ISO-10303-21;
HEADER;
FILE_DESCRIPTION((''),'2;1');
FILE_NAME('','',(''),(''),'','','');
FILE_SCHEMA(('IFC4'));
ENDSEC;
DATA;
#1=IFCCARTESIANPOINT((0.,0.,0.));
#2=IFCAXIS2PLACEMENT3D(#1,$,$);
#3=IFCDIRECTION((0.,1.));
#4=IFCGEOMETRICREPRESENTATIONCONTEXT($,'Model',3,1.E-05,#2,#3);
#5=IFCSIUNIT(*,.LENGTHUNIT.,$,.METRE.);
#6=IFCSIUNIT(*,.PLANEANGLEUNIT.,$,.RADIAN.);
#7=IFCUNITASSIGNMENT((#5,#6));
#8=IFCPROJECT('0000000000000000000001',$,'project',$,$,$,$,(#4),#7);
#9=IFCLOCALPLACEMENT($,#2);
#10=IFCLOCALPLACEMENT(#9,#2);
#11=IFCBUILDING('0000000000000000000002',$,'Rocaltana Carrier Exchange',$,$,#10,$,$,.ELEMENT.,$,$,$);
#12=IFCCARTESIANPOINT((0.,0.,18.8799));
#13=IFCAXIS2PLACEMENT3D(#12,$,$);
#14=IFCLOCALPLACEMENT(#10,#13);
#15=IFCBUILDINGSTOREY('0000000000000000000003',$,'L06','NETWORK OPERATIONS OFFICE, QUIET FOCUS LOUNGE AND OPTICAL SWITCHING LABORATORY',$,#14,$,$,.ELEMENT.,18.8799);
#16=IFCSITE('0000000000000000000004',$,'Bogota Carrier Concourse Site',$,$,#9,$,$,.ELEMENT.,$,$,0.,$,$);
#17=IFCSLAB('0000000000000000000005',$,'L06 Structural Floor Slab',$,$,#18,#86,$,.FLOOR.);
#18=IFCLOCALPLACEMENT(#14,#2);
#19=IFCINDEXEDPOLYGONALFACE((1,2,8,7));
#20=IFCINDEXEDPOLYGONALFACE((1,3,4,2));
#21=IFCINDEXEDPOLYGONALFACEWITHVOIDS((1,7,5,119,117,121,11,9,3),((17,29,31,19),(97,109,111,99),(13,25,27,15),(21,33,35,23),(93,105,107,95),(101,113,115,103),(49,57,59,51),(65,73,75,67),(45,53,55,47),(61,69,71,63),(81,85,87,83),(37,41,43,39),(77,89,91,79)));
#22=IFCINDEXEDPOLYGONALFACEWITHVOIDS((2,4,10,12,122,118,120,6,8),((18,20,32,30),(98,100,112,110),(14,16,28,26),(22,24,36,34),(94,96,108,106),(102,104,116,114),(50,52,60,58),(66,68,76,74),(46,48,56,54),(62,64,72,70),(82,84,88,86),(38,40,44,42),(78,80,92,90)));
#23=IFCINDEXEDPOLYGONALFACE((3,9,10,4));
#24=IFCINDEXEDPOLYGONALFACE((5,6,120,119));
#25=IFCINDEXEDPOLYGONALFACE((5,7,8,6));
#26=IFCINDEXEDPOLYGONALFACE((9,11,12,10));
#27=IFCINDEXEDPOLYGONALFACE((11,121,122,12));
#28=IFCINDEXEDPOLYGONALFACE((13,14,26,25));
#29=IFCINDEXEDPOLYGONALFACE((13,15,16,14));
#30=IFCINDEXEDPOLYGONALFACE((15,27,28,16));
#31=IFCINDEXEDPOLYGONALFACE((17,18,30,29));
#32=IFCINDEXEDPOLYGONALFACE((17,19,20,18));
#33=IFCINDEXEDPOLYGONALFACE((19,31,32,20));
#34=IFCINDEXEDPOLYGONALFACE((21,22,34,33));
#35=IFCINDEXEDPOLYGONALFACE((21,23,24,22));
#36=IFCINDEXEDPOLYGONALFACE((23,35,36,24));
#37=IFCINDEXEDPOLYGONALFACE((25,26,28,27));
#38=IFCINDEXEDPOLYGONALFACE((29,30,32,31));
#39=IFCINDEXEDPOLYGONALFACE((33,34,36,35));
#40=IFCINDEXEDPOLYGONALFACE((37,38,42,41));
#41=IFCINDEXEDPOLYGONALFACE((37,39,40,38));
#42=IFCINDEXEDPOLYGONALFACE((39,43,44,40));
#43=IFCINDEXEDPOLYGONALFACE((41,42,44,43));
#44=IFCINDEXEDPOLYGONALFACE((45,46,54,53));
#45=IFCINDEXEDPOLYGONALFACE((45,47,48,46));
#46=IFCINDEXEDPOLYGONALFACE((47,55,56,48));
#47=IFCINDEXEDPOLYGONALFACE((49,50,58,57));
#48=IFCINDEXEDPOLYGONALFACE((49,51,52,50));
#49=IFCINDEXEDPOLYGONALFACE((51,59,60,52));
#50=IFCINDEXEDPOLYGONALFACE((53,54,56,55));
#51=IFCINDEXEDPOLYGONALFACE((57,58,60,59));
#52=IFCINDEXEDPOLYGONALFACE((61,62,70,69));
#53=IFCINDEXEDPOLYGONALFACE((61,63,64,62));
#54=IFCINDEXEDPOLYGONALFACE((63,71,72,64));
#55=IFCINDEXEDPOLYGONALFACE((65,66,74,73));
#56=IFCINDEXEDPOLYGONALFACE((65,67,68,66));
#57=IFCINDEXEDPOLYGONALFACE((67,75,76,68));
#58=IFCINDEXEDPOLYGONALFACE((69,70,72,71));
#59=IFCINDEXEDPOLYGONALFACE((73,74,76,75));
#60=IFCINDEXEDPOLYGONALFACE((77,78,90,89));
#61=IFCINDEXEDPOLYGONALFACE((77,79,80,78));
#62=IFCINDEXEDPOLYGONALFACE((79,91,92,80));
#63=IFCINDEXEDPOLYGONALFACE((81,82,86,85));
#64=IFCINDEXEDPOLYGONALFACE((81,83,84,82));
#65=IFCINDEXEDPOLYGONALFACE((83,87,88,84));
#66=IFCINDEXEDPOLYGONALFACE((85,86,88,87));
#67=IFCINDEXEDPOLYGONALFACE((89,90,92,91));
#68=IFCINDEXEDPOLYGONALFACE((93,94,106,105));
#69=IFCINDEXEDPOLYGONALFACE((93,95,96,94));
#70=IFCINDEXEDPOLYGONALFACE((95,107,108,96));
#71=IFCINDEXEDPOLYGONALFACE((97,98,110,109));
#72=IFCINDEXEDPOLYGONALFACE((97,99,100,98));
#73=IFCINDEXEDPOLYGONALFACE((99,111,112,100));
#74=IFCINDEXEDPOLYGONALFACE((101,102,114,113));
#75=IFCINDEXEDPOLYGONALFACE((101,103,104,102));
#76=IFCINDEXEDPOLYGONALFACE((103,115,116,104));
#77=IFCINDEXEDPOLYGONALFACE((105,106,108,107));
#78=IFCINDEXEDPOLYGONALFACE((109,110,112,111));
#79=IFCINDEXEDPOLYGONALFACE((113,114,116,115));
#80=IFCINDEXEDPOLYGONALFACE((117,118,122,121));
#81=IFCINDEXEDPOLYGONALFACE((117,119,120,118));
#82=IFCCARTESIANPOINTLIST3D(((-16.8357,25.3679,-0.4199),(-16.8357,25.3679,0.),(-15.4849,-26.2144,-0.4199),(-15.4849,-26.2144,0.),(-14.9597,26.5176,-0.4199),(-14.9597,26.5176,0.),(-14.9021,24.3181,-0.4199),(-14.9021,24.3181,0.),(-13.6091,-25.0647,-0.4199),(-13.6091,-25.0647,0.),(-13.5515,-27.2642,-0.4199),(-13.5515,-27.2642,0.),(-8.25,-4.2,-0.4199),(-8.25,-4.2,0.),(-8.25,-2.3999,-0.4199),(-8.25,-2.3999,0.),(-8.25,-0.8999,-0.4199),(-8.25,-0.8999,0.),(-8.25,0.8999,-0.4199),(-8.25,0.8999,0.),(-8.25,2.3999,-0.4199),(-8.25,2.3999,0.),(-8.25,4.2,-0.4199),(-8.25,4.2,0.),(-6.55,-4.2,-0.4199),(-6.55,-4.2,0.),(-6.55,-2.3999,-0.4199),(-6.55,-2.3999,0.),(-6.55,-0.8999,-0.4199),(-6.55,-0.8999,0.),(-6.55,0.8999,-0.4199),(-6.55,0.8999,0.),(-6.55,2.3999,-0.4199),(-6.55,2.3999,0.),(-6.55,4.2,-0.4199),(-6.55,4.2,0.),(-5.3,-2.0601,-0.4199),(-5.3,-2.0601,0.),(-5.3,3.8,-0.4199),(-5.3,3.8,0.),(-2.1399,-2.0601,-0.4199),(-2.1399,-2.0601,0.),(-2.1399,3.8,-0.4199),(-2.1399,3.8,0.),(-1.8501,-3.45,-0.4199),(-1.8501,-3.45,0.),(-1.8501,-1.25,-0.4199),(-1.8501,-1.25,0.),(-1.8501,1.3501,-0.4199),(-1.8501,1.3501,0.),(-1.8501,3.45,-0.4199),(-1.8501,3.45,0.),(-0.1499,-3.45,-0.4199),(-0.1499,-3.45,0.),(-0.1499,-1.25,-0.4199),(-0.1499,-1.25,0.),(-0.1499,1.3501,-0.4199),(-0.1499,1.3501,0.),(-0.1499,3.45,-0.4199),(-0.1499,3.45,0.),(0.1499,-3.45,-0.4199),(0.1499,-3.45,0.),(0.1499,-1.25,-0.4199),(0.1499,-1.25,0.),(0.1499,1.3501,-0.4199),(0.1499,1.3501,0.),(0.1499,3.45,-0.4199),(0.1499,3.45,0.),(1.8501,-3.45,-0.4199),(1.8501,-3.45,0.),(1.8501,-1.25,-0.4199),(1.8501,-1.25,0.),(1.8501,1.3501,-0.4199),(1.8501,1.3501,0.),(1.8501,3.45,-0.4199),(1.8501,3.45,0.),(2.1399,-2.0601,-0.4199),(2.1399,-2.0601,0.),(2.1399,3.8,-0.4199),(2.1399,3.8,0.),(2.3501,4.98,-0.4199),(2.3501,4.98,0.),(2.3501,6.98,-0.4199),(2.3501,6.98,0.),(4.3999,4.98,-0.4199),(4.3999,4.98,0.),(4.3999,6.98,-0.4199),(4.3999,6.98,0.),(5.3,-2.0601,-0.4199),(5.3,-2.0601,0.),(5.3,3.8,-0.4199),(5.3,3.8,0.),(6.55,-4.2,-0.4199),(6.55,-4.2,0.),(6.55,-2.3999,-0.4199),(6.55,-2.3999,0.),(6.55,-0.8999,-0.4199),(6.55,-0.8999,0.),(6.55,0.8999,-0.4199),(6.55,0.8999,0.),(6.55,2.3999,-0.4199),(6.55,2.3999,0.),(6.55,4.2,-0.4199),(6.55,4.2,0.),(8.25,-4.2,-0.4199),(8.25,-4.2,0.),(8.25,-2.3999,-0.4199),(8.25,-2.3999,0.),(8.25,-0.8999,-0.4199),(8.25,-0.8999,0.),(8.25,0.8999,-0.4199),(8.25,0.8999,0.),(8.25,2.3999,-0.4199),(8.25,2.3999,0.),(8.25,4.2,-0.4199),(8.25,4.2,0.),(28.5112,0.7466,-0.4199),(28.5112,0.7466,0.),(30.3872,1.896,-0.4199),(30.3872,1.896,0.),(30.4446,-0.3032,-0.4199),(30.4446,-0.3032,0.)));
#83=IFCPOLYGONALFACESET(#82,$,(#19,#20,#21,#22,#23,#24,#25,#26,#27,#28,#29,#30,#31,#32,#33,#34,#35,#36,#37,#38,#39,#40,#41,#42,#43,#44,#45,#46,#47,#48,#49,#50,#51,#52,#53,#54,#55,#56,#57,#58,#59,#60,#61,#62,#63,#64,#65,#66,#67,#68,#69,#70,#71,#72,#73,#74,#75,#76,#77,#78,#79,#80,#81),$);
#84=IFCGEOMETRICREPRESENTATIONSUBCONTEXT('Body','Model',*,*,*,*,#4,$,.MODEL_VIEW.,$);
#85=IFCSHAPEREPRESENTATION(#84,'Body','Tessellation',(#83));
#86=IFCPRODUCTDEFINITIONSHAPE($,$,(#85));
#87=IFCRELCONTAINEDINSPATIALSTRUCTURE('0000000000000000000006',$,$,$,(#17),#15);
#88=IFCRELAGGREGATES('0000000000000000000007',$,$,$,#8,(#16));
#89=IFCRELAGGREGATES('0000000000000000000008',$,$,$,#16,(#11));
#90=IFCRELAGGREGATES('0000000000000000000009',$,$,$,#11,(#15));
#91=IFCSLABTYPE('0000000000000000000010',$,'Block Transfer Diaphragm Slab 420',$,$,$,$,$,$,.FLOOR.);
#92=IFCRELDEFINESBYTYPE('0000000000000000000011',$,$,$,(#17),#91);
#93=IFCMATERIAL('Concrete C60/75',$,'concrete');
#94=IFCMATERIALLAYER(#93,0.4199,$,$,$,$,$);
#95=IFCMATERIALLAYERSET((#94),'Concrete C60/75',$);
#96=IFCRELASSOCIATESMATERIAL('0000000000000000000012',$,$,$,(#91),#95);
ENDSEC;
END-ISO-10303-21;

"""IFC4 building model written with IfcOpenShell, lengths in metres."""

from ifc_helpers import new_model, si_unit, direction, frame, origin, place, context, subcontext, project, spatial, polyline, outline, extrude, material, layer, layer_set, type_object, element, save


model = new_model("IFC4")

# Units and contexts
model_context = context("Model", 3, precision=1e-05, world=origin(), true_north=direction((0.0, 1.0)))
body_context = subcontext(model_context, "Body", "Model", "MODEL_VIEW")
ifc_project = project(units=[si_unit("LENGTHUNIT", "METRE"), si_unit("PLANEANGLEUNIT", "RADIAN")], contexts=[model_context])

# Site, building, storey
site_placement = place(None, origin())
site = spatial("IfcSite", under=ifc_project, at=site_placement, Name="Bogota Carrier Concourse Site", CompositionType="ELEMENT", RefElevation=0.0)
building_placement = place(site_placement, origin())
building = spatial("IfcBuilding", under=site, at=building_placement, Name="Rocaltana Carrier Exchange", CompositionType="ELEMENT")
storey_placement = place(building_placement, frame((0.0, 0.0, 18.8799)))
storey = spatial("IfcBuildingStorey", under=building, at=storey_placement, Name="L06", Description="NETWORK OPERATIONS OFFICE, QUIET FOCUS LOUNGE AND OPTICAL SWITCHING LABORATORY", CompositionType="ELEMENT", Elevation=18.8799)

# Slab
ifc_material_1 = material(Name="Concrete C60/75", Category="concrete")
ifc_layer_1 = layer(ifc_material_1, 0.4199)
ifc_layer_set_1 = layer_set([ifc_layer_1], Name="Concrete C60/75")
slab_type_1 = type_object("IfcSlabType", Name="Block Transfer Diaphragm Slab 420", PredefinedType="FLOOR", material=ifc_layer_set_1)
slab_1_placement = place(storey_placement, frame((0.0, 0.0, -0.4199)))
element("IfcSlab", 1, at=slab_1_placement, inside=storey, type_object=slab_type_1, Name="L06 Structural Floor Slab", PredefinedType="FLOOR", context=body_context, shape_type="SweptSolid", body=[
    extrude(outline(polyline([(30.4446, -0.3032), (28.5112, 0.7466), (30.3872, 1.896), (-14.9597, 26.5176), (-14.9021, 24.3181), (-16.8357, 25.3679), (-15.4849, -26.2144), (-13.6091, -25.0647), (-13.5515, -27.2642), (30.4446, -0.3032)]), holes=[polyline([(-5.3, -2.0601), (-2.1399, -2.0601), (-2.1399, 3.8), (-5.3, 3.8), (-5.3, -2.0601)]), polyline([(2.1399, -2.0601), (5.3, -2.0601), (5.3, 3.8), (2.1399, 3.8), (2.1399, -2.0601)]), polyline([(-1.8501, -3.45), (-0.1499, -3.45), (-0.1499, -1.25), (-1.8501, -1.25), (-1.8501, -3.45)]), polyline([(0.1499, -3.45), (1.8501, -3.45), (1.8501, -1.25), (0.1499, -1.25), (0.1499, -3.45)]), polyline([(2.3501, 4.98), (4.3999, 4.98), (4.3999, 6.98), (2.3501, 6.98), (2.3501, 4.98)]), polyline([(-1.8501, 1.3501), (-0.1499, 1.3501), (-0.1499, 3.45), (-1.8501, 3.45), (-1.8501, 1.3501)]), polyline([(0.1499, 1.3501), (1.8501, 1.3501), (1.8501, 3.45), (0.1499, 3.45), (0.1499, 1.3501)]), polyline([(-8.25, -4.2), (-6.55, -4.2), (-6.55, -2.3999), (-8.25, -2.3999), (-8.25, -4.2)]), polyline([(-8.25, -0.8999), (-6.55, -0.8999), (-6.55, 0.8999), (-8.25, 0.8999), (-8.25, -0.8999)]), polyline([(-8.25, 2.3999), (-6.55, 2.3999), (-6.55, 4.2), (-8.25, 4.2), (-8.25, 2.3999)]), polyline([(6.55, -4.2), (8.25, -4.2), (8.25, -2.3999), (6.55, -2.3999), (6.55, -4.2)]), polyline([(6.55, -0.8999), (8.25, -0.8999), (8.25, 0.8999), (6.55, 0.8999), (6.55, -0.8999)]), polyline([(6.55, 2.3999), (8.25, 2.3999), (8.25, 4.2), (6.55, 4.2), (6.55, 2.3999)])]), origin(), (0.0, 0.0, 1.0), 0.4199),
])

save(model, "model.ifc")
